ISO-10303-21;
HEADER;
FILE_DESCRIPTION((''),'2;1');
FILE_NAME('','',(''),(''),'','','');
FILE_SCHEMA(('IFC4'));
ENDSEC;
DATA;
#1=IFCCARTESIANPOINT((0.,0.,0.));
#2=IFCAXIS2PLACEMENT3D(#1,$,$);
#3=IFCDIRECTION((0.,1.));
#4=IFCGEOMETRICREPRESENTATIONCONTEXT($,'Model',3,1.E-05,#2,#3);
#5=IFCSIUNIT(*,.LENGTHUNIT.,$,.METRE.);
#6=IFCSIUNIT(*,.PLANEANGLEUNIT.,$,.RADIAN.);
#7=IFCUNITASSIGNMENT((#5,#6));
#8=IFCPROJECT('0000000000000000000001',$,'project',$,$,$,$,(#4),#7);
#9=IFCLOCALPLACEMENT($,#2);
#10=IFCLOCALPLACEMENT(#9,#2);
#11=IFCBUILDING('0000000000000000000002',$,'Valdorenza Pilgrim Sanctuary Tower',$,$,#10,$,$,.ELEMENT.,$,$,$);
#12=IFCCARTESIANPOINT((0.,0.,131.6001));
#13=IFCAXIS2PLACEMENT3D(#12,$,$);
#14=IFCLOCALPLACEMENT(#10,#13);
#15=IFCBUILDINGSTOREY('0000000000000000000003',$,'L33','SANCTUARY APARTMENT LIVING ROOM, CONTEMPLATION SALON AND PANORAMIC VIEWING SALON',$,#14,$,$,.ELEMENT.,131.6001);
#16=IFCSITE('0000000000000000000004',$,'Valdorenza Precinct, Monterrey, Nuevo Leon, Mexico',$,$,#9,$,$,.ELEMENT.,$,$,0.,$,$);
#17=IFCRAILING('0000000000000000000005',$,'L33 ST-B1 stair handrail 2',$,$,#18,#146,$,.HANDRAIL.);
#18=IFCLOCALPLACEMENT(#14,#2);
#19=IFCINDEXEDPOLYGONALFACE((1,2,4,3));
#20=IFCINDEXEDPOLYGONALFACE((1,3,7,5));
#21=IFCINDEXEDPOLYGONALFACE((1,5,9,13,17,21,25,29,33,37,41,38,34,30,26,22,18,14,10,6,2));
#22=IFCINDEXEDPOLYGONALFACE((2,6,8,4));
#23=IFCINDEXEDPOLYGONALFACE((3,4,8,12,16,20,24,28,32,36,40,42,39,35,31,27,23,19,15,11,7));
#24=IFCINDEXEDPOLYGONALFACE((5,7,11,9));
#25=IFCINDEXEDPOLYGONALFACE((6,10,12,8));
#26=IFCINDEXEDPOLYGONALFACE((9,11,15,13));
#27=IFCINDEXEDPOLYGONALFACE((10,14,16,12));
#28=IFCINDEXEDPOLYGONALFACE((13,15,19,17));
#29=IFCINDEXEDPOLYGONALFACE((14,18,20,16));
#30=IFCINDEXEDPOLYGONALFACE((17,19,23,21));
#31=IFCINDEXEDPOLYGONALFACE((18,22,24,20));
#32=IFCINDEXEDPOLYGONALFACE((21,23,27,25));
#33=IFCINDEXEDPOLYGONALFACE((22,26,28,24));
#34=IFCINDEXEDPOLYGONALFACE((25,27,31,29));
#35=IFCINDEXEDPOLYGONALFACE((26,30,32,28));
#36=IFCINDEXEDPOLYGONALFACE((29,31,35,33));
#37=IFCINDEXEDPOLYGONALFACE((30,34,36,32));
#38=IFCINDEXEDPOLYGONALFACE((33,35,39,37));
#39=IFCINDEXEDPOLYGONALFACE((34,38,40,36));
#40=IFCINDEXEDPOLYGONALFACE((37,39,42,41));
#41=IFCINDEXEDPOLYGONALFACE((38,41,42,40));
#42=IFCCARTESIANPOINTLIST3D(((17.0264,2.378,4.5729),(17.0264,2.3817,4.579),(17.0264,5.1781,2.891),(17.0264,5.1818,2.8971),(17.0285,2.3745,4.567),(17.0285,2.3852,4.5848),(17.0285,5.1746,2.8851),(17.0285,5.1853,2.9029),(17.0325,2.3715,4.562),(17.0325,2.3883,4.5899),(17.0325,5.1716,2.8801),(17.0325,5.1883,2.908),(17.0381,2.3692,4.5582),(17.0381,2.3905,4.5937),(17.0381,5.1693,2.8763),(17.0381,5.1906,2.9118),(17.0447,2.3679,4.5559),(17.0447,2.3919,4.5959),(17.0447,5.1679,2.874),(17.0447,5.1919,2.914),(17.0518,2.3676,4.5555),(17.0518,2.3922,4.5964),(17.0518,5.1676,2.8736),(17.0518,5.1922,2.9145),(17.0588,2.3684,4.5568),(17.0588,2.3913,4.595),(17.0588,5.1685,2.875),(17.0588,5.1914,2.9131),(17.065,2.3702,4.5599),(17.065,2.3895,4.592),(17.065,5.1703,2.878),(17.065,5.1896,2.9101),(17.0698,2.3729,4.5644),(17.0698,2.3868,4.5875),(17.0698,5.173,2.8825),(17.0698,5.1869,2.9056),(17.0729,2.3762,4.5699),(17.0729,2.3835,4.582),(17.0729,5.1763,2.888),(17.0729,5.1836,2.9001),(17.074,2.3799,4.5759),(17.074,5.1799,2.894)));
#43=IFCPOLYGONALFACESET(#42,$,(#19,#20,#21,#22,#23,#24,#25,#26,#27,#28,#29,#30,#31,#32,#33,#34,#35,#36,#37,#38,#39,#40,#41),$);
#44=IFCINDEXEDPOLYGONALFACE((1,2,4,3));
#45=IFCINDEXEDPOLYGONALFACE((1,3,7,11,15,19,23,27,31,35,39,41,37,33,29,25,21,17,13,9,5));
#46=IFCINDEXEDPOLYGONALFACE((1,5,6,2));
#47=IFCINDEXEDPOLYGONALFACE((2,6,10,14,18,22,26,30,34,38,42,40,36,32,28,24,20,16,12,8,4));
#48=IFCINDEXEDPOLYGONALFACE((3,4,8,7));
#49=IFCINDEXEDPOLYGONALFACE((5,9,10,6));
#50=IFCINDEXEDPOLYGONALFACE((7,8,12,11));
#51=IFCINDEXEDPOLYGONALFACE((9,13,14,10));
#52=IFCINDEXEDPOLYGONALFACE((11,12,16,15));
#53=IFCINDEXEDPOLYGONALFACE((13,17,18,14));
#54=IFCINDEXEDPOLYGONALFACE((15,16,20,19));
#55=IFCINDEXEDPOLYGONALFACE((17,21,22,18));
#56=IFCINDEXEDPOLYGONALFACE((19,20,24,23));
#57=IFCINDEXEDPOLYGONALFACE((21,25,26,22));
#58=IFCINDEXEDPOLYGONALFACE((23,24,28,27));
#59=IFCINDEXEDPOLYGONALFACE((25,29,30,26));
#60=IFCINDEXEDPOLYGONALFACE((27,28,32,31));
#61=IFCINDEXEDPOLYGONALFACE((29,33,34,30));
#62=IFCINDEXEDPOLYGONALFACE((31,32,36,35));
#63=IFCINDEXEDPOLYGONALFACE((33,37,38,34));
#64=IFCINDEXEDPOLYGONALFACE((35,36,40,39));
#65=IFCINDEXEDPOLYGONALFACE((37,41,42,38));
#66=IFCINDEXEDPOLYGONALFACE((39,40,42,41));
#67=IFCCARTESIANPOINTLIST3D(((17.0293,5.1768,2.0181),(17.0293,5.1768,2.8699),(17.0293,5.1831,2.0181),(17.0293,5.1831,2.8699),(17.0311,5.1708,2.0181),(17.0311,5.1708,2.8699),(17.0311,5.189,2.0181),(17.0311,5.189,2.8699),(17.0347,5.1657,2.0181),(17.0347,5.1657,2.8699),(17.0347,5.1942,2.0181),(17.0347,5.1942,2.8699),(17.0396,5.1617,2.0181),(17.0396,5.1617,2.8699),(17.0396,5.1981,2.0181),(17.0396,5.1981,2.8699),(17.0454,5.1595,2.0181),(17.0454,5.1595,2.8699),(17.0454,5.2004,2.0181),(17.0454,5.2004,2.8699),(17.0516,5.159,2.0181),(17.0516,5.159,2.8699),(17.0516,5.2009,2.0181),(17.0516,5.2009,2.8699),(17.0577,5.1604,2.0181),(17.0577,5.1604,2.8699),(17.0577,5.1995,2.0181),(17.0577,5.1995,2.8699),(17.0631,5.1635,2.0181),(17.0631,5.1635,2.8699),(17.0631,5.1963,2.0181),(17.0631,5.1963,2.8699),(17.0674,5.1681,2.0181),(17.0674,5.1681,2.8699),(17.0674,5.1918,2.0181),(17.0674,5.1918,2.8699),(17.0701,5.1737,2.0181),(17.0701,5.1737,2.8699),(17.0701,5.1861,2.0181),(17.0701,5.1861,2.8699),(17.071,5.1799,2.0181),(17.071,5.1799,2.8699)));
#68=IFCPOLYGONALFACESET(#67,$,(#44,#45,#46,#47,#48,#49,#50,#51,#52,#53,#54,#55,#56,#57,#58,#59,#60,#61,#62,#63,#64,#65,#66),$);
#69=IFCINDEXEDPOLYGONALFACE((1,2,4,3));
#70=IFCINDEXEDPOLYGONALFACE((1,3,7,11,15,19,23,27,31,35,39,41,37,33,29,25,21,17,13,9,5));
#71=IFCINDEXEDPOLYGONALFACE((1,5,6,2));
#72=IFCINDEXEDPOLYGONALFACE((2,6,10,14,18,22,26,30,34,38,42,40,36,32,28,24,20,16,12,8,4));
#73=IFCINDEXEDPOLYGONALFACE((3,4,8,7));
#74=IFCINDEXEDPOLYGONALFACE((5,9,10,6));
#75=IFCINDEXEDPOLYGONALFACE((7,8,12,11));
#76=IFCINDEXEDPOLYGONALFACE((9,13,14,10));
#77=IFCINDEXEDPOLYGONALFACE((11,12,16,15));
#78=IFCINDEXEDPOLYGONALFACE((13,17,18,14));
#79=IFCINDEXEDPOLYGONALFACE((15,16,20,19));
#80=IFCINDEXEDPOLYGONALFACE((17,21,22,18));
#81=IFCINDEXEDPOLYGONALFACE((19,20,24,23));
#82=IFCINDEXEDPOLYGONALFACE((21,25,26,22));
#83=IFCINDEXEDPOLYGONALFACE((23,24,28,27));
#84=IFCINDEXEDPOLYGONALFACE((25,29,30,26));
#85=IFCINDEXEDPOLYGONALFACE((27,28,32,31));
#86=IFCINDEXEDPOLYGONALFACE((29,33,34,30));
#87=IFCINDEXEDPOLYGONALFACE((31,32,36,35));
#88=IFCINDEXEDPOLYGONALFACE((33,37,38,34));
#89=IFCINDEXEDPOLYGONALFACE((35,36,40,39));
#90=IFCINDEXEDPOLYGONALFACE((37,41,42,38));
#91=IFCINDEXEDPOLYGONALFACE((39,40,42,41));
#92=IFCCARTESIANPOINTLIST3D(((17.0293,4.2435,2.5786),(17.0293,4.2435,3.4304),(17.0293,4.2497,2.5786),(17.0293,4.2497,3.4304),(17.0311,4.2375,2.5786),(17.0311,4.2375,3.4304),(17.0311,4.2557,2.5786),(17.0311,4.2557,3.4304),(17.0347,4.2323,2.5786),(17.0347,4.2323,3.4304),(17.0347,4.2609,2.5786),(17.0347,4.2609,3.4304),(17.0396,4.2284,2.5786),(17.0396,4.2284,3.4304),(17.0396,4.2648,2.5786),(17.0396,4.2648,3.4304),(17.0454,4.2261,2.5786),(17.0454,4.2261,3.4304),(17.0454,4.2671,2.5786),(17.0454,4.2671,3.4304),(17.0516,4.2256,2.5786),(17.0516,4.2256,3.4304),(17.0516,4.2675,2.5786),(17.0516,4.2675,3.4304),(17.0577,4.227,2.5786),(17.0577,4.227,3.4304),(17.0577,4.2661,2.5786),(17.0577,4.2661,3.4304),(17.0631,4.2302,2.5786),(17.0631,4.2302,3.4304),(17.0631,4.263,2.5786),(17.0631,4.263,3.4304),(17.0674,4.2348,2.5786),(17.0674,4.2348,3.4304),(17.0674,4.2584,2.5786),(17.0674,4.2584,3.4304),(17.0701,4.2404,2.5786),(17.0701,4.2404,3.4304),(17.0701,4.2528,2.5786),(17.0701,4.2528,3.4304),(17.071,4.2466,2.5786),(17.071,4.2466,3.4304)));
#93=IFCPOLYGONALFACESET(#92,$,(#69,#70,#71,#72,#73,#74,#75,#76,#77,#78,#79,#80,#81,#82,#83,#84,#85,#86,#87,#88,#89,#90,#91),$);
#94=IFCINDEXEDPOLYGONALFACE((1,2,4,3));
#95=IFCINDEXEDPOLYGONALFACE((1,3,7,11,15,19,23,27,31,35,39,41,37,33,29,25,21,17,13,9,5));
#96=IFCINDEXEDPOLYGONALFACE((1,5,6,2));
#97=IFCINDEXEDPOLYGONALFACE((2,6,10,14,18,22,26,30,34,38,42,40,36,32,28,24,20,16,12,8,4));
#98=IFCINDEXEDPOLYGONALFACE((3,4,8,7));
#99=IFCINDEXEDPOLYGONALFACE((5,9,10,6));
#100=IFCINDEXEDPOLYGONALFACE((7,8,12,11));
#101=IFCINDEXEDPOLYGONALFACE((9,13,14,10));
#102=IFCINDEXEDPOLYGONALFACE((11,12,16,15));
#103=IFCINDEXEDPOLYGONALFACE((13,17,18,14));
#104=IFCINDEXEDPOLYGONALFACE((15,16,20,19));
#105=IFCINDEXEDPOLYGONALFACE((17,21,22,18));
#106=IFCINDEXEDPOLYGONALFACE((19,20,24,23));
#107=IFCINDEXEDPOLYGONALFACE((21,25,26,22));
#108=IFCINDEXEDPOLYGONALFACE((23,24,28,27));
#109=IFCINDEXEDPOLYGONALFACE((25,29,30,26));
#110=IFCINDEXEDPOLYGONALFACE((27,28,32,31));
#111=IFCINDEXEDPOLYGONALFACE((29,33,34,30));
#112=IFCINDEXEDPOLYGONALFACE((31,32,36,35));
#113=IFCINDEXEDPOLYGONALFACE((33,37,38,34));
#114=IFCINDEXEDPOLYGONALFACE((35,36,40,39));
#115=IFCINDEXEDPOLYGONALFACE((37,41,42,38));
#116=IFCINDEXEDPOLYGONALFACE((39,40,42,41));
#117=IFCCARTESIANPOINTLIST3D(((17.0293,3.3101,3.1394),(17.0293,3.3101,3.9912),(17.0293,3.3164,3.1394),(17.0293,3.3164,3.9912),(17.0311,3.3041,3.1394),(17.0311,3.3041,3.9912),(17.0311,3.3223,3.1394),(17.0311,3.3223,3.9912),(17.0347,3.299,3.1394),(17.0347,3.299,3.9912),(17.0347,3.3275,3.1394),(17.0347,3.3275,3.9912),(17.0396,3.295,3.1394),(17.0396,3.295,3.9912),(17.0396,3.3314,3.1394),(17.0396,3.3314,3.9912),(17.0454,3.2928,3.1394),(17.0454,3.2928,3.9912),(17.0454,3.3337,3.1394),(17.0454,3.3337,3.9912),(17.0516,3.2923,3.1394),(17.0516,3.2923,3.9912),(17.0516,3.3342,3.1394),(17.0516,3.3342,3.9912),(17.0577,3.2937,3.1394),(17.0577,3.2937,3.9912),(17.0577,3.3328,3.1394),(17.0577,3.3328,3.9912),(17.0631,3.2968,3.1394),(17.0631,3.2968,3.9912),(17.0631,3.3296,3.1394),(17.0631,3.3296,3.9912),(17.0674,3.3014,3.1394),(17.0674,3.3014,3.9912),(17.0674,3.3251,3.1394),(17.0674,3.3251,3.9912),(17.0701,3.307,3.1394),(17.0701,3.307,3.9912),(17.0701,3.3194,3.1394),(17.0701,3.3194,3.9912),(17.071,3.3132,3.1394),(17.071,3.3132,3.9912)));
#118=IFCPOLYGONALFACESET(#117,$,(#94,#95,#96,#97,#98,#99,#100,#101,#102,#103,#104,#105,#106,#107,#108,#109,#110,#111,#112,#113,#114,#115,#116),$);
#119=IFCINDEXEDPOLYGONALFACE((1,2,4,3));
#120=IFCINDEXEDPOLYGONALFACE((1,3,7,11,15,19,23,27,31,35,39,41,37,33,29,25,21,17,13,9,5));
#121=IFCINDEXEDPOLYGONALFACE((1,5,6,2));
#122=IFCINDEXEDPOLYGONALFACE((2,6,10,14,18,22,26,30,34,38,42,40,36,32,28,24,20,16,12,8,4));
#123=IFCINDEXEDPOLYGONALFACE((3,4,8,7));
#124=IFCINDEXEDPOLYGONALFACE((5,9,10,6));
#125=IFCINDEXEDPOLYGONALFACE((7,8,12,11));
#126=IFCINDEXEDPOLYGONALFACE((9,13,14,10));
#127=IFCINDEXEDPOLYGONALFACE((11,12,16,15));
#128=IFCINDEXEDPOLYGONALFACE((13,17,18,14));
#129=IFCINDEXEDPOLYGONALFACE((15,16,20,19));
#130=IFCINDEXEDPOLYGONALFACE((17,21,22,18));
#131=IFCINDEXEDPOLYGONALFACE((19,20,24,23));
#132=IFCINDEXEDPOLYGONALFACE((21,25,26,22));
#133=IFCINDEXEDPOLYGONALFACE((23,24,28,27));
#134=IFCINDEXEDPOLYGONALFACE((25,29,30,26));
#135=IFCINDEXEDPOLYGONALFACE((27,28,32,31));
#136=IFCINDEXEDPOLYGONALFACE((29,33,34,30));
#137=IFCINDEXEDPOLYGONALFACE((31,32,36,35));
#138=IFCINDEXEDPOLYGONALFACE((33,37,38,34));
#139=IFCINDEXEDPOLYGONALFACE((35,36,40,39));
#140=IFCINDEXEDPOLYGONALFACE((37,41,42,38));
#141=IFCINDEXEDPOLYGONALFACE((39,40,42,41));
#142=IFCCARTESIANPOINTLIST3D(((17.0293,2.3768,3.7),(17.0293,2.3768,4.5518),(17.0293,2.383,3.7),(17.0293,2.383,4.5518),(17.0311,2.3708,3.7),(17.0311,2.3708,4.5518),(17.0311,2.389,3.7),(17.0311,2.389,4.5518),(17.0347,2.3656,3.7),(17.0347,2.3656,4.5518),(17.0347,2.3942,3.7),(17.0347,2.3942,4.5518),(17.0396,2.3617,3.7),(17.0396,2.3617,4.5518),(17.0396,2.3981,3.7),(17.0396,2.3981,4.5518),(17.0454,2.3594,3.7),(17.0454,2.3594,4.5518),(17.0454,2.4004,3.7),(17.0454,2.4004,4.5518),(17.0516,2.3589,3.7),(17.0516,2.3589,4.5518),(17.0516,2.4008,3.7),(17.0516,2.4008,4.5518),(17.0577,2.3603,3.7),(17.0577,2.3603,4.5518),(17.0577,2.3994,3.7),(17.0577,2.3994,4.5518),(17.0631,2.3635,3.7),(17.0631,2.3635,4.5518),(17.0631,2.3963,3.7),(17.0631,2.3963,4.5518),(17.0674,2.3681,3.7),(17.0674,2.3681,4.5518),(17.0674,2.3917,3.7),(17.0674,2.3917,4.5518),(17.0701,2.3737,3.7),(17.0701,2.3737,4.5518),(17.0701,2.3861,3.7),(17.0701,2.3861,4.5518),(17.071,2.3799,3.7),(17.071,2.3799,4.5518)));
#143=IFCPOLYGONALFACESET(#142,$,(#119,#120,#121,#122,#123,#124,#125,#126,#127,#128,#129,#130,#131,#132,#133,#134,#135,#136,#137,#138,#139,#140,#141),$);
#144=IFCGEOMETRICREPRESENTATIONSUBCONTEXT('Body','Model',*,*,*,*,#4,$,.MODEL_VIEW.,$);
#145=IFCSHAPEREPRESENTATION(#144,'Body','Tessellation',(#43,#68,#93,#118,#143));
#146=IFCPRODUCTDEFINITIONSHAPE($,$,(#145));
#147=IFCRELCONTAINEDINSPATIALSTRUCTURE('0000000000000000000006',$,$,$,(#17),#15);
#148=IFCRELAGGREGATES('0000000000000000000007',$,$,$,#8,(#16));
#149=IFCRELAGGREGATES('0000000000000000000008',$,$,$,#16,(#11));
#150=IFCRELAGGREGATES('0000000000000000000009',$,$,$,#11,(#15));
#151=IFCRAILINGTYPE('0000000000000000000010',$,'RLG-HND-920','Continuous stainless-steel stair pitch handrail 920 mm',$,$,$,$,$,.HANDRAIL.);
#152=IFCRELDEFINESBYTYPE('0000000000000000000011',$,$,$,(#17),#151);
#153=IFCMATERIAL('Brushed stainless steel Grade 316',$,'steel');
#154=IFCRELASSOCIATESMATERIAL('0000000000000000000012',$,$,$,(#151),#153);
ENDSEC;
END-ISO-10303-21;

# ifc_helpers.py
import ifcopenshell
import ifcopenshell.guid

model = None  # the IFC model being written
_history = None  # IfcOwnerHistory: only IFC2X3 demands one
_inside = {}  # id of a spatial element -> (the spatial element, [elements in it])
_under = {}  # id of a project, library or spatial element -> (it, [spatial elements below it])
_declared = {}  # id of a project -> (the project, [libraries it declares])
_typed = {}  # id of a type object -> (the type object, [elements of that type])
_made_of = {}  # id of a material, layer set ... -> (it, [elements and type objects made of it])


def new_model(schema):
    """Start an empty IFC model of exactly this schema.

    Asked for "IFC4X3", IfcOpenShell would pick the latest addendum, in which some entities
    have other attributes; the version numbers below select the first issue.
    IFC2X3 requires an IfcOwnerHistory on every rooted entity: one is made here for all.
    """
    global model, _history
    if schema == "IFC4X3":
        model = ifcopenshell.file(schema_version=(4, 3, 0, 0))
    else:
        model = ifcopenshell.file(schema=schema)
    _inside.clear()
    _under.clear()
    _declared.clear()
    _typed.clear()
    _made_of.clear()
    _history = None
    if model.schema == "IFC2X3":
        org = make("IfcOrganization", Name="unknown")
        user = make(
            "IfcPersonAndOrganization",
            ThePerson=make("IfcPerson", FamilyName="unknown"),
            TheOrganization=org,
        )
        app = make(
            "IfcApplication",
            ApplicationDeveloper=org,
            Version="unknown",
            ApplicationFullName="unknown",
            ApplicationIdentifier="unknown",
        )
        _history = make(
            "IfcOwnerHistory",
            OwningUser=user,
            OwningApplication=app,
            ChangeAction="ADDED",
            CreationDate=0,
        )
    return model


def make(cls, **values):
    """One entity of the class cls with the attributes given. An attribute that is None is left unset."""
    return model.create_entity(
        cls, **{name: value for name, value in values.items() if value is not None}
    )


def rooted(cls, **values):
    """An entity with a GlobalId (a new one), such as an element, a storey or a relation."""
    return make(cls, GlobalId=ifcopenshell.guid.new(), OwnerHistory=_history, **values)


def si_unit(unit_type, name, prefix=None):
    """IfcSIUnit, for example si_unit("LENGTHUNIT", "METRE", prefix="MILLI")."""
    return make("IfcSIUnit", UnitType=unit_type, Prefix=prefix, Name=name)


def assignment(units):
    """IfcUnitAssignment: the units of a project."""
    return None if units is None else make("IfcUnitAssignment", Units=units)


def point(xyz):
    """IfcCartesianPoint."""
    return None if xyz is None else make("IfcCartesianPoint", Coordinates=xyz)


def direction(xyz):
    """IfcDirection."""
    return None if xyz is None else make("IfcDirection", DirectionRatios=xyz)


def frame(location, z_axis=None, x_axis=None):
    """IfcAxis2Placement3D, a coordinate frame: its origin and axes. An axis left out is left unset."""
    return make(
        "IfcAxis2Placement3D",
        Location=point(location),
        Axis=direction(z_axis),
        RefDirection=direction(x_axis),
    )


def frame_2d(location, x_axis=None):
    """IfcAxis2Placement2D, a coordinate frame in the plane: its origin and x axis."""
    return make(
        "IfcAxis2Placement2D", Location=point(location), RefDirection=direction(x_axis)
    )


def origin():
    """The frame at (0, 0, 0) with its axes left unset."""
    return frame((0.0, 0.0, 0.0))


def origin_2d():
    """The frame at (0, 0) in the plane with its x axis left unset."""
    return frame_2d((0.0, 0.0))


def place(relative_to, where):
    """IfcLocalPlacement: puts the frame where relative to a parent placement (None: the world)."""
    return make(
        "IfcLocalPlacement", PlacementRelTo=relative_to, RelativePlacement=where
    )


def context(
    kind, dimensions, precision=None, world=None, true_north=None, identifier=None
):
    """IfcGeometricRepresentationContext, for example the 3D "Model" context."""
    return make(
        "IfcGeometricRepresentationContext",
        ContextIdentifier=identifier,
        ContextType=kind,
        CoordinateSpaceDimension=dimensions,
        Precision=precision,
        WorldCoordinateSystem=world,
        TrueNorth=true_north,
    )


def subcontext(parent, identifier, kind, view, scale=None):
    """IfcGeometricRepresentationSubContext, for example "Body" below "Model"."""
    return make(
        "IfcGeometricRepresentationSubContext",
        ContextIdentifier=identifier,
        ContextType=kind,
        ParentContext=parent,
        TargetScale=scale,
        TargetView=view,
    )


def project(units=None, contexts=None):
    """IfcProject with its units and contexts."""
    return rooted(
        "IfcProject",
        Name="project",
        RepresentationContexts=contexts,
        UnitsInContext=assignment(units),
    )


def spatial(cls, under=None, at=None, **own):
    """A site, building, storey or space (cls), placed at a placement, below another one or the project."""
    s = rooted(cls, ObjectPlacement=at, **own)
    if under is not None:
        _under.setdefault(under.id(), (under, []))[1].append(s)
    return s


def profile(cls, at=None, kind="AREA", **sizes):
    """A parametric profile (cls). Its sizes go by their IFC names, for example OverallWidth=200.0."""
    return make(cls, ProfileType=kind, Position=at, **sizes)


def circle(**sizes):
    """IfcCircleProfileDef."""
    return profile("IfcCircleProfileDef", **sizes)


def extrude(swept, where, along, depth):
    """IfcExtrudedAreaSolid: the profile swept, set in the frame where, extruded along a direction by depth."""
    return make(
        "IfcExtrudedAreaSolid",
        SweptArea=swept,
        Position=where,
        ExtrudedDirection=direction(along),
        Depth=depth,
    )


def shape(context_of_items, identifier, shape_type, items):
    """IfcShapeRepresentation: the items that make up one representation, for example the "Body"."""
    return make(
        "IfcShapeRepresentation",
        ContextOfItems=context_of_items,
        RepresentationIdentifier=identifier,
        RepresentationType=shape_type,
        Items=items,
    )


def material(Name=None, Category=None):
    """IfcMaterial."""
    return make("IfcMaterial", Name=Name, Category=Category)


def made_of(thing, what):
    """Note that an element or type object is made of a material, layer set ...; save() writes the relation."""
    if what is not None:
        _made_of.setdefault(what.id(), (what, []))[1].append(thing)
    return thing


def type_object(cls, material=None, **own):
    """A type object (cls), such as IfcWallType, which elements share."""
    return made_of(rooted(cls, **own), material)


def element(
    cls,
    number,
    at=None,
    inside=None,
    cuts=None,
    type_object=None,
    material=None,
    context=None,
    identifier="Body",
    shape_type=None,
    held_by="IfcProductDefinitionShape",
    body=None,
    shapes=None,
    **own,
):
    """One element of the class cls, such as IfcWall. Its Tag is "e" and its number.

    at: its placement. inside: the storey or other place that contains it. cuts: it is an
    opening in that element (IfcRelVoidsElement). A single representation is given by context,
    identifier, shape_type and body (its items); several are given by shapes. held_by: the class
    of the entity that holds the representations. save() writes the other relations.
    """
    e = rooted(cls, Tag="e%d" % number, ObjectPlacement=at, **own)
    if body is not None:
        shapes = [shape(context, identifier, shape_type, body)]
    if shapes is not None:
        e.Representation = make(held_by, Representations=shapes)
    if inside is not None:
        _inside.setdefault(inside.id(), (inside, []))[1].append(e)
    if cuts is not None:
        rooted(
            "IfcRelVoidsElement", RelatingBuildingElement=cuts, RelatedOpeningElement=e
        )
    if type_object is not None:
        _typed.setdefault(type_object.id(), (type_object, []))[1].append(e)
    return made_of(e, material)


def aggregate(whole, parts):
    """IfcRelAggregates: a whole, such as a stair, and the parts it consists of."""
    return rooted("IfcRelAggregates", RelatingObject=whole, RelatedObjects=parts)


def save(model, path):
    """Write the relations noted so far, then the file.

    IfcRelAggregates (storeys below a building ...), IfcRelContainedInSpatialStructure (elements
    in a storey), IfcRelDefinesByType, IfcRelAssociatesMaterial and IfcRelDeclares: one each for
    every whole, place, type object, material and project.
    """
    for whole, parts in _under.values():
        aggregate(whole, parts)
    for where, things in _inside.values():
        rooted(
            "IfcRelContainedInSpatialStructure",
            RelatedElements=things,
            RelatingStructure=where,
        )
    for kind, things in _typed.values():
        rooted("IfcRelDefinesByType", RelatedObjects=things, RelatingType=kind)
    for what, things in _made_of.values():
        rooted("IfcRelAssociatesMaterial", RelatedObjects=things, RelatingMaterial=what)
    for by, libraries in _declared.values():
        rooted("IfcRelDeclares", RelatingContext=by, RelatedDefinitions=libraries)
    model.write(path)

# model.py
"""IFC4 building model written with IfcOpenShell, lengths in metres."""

from ifc_helpers import new_model, si_unit, direction, frame, origin, origin_2d, place, context, subcontext, project, spatial, circle, extrude, material, type_object, element, save


model = new_model("IFC4")

# Units and contexts
model_context = context("Model", 3, precision=1e-05, world=origin(), true_north=direction((0.0, 1.0)))
body_context = subcontext(model_context, "Body", "Model", "MODEL_VIEW")
ifc_project = project(units=[si_unit("LENGTHUNIT", "METRE"), si_unit("PLANEANGLEUNIT", "RADIAN")], contexts=[model_context])

# Site, building, storey
site_placement = place(None, origin())
site = spatial("IfcSite", under=ifc_project, at=site_placement, Name="Valdorenza Precinct, Monterrey, Nuevo Leon, Mexico", CompositionType="ELEMENT", RefElevation=0.0)
building_placement = place(site_placement, origin())
building = spatial("IfcBuilding", under=site, at=building_placement, Name="Valdorenza Pilgrim Sanctuary Tower", CompositionType="ELEMENT")
storey_placement = place(building_placement, frame((0.0, 0.0, 131.6001)))
storey = spatial("IfcBuildingStorey", under=building, at=storey_placement, Name="L33", Description="SANCTUARY APARTMENT LIVING ROOM, CONTEMPLATION SALON AND PANORAMIC VIEWING SALON", CompositionType="ELEMENT", Elevation=131.6001)

# Shared definitions
ifc_material_1 = material(Name="Brushed stainless steel Grade 316", Category="steel")

# Railing
railing_type_1 = type_object("IfcRailingType", Name="RLG-HND-920", Description="Continuous stainless-steel stair pitch handrail 920 mm", PredefinedType="HANDRAIL", material=ifc_material_1)
railing_1_placement = place(storey_placement, frame((17.05, 5.1799, 2.0181)))
element("IfcRailing", 1, at=railing_1_placement, inside=storey, type_object=railing_type_1, Name="L33 ST-B1 stair handrail 2", PredefinedType="HANDRAIL", context=body_context, shape_type="SweptSolid", body=[
    extrude(circle(Radius=0.0239, at=origin_2d()), frame((0.0, 0.0, 0.876), z_axis=(0.0, -0.857242, 0.514913), x_axis=(1.0, 0.0, 0.0)), (0.0, 0.0, 1.0), 3.2664),
    extrude(circle(Radius=0.021, at=origin_2d()), origin(), (0.0, 0.0, 1.0), 0.8518),
    extrude(circle(Radius=0.021, at=origin_2d()), frame((0.0, -0.9333, 0.5605)), (0.0, 0.0, 1.0), 0.8518),
    extrude(circle(Radius=0.021, at=origin_2d()), frame((0.0, -1.8667, 1.1213)), (0.0, 0.0, 1.0), 0.8518),
    extrude(circle(Radius=0.021, at=origin_2d()), frame((0.0, -2.8, 1.6819)), (0.0, 0.0, 1.0), 0.8518),
])

save(model, "model.ifc")
